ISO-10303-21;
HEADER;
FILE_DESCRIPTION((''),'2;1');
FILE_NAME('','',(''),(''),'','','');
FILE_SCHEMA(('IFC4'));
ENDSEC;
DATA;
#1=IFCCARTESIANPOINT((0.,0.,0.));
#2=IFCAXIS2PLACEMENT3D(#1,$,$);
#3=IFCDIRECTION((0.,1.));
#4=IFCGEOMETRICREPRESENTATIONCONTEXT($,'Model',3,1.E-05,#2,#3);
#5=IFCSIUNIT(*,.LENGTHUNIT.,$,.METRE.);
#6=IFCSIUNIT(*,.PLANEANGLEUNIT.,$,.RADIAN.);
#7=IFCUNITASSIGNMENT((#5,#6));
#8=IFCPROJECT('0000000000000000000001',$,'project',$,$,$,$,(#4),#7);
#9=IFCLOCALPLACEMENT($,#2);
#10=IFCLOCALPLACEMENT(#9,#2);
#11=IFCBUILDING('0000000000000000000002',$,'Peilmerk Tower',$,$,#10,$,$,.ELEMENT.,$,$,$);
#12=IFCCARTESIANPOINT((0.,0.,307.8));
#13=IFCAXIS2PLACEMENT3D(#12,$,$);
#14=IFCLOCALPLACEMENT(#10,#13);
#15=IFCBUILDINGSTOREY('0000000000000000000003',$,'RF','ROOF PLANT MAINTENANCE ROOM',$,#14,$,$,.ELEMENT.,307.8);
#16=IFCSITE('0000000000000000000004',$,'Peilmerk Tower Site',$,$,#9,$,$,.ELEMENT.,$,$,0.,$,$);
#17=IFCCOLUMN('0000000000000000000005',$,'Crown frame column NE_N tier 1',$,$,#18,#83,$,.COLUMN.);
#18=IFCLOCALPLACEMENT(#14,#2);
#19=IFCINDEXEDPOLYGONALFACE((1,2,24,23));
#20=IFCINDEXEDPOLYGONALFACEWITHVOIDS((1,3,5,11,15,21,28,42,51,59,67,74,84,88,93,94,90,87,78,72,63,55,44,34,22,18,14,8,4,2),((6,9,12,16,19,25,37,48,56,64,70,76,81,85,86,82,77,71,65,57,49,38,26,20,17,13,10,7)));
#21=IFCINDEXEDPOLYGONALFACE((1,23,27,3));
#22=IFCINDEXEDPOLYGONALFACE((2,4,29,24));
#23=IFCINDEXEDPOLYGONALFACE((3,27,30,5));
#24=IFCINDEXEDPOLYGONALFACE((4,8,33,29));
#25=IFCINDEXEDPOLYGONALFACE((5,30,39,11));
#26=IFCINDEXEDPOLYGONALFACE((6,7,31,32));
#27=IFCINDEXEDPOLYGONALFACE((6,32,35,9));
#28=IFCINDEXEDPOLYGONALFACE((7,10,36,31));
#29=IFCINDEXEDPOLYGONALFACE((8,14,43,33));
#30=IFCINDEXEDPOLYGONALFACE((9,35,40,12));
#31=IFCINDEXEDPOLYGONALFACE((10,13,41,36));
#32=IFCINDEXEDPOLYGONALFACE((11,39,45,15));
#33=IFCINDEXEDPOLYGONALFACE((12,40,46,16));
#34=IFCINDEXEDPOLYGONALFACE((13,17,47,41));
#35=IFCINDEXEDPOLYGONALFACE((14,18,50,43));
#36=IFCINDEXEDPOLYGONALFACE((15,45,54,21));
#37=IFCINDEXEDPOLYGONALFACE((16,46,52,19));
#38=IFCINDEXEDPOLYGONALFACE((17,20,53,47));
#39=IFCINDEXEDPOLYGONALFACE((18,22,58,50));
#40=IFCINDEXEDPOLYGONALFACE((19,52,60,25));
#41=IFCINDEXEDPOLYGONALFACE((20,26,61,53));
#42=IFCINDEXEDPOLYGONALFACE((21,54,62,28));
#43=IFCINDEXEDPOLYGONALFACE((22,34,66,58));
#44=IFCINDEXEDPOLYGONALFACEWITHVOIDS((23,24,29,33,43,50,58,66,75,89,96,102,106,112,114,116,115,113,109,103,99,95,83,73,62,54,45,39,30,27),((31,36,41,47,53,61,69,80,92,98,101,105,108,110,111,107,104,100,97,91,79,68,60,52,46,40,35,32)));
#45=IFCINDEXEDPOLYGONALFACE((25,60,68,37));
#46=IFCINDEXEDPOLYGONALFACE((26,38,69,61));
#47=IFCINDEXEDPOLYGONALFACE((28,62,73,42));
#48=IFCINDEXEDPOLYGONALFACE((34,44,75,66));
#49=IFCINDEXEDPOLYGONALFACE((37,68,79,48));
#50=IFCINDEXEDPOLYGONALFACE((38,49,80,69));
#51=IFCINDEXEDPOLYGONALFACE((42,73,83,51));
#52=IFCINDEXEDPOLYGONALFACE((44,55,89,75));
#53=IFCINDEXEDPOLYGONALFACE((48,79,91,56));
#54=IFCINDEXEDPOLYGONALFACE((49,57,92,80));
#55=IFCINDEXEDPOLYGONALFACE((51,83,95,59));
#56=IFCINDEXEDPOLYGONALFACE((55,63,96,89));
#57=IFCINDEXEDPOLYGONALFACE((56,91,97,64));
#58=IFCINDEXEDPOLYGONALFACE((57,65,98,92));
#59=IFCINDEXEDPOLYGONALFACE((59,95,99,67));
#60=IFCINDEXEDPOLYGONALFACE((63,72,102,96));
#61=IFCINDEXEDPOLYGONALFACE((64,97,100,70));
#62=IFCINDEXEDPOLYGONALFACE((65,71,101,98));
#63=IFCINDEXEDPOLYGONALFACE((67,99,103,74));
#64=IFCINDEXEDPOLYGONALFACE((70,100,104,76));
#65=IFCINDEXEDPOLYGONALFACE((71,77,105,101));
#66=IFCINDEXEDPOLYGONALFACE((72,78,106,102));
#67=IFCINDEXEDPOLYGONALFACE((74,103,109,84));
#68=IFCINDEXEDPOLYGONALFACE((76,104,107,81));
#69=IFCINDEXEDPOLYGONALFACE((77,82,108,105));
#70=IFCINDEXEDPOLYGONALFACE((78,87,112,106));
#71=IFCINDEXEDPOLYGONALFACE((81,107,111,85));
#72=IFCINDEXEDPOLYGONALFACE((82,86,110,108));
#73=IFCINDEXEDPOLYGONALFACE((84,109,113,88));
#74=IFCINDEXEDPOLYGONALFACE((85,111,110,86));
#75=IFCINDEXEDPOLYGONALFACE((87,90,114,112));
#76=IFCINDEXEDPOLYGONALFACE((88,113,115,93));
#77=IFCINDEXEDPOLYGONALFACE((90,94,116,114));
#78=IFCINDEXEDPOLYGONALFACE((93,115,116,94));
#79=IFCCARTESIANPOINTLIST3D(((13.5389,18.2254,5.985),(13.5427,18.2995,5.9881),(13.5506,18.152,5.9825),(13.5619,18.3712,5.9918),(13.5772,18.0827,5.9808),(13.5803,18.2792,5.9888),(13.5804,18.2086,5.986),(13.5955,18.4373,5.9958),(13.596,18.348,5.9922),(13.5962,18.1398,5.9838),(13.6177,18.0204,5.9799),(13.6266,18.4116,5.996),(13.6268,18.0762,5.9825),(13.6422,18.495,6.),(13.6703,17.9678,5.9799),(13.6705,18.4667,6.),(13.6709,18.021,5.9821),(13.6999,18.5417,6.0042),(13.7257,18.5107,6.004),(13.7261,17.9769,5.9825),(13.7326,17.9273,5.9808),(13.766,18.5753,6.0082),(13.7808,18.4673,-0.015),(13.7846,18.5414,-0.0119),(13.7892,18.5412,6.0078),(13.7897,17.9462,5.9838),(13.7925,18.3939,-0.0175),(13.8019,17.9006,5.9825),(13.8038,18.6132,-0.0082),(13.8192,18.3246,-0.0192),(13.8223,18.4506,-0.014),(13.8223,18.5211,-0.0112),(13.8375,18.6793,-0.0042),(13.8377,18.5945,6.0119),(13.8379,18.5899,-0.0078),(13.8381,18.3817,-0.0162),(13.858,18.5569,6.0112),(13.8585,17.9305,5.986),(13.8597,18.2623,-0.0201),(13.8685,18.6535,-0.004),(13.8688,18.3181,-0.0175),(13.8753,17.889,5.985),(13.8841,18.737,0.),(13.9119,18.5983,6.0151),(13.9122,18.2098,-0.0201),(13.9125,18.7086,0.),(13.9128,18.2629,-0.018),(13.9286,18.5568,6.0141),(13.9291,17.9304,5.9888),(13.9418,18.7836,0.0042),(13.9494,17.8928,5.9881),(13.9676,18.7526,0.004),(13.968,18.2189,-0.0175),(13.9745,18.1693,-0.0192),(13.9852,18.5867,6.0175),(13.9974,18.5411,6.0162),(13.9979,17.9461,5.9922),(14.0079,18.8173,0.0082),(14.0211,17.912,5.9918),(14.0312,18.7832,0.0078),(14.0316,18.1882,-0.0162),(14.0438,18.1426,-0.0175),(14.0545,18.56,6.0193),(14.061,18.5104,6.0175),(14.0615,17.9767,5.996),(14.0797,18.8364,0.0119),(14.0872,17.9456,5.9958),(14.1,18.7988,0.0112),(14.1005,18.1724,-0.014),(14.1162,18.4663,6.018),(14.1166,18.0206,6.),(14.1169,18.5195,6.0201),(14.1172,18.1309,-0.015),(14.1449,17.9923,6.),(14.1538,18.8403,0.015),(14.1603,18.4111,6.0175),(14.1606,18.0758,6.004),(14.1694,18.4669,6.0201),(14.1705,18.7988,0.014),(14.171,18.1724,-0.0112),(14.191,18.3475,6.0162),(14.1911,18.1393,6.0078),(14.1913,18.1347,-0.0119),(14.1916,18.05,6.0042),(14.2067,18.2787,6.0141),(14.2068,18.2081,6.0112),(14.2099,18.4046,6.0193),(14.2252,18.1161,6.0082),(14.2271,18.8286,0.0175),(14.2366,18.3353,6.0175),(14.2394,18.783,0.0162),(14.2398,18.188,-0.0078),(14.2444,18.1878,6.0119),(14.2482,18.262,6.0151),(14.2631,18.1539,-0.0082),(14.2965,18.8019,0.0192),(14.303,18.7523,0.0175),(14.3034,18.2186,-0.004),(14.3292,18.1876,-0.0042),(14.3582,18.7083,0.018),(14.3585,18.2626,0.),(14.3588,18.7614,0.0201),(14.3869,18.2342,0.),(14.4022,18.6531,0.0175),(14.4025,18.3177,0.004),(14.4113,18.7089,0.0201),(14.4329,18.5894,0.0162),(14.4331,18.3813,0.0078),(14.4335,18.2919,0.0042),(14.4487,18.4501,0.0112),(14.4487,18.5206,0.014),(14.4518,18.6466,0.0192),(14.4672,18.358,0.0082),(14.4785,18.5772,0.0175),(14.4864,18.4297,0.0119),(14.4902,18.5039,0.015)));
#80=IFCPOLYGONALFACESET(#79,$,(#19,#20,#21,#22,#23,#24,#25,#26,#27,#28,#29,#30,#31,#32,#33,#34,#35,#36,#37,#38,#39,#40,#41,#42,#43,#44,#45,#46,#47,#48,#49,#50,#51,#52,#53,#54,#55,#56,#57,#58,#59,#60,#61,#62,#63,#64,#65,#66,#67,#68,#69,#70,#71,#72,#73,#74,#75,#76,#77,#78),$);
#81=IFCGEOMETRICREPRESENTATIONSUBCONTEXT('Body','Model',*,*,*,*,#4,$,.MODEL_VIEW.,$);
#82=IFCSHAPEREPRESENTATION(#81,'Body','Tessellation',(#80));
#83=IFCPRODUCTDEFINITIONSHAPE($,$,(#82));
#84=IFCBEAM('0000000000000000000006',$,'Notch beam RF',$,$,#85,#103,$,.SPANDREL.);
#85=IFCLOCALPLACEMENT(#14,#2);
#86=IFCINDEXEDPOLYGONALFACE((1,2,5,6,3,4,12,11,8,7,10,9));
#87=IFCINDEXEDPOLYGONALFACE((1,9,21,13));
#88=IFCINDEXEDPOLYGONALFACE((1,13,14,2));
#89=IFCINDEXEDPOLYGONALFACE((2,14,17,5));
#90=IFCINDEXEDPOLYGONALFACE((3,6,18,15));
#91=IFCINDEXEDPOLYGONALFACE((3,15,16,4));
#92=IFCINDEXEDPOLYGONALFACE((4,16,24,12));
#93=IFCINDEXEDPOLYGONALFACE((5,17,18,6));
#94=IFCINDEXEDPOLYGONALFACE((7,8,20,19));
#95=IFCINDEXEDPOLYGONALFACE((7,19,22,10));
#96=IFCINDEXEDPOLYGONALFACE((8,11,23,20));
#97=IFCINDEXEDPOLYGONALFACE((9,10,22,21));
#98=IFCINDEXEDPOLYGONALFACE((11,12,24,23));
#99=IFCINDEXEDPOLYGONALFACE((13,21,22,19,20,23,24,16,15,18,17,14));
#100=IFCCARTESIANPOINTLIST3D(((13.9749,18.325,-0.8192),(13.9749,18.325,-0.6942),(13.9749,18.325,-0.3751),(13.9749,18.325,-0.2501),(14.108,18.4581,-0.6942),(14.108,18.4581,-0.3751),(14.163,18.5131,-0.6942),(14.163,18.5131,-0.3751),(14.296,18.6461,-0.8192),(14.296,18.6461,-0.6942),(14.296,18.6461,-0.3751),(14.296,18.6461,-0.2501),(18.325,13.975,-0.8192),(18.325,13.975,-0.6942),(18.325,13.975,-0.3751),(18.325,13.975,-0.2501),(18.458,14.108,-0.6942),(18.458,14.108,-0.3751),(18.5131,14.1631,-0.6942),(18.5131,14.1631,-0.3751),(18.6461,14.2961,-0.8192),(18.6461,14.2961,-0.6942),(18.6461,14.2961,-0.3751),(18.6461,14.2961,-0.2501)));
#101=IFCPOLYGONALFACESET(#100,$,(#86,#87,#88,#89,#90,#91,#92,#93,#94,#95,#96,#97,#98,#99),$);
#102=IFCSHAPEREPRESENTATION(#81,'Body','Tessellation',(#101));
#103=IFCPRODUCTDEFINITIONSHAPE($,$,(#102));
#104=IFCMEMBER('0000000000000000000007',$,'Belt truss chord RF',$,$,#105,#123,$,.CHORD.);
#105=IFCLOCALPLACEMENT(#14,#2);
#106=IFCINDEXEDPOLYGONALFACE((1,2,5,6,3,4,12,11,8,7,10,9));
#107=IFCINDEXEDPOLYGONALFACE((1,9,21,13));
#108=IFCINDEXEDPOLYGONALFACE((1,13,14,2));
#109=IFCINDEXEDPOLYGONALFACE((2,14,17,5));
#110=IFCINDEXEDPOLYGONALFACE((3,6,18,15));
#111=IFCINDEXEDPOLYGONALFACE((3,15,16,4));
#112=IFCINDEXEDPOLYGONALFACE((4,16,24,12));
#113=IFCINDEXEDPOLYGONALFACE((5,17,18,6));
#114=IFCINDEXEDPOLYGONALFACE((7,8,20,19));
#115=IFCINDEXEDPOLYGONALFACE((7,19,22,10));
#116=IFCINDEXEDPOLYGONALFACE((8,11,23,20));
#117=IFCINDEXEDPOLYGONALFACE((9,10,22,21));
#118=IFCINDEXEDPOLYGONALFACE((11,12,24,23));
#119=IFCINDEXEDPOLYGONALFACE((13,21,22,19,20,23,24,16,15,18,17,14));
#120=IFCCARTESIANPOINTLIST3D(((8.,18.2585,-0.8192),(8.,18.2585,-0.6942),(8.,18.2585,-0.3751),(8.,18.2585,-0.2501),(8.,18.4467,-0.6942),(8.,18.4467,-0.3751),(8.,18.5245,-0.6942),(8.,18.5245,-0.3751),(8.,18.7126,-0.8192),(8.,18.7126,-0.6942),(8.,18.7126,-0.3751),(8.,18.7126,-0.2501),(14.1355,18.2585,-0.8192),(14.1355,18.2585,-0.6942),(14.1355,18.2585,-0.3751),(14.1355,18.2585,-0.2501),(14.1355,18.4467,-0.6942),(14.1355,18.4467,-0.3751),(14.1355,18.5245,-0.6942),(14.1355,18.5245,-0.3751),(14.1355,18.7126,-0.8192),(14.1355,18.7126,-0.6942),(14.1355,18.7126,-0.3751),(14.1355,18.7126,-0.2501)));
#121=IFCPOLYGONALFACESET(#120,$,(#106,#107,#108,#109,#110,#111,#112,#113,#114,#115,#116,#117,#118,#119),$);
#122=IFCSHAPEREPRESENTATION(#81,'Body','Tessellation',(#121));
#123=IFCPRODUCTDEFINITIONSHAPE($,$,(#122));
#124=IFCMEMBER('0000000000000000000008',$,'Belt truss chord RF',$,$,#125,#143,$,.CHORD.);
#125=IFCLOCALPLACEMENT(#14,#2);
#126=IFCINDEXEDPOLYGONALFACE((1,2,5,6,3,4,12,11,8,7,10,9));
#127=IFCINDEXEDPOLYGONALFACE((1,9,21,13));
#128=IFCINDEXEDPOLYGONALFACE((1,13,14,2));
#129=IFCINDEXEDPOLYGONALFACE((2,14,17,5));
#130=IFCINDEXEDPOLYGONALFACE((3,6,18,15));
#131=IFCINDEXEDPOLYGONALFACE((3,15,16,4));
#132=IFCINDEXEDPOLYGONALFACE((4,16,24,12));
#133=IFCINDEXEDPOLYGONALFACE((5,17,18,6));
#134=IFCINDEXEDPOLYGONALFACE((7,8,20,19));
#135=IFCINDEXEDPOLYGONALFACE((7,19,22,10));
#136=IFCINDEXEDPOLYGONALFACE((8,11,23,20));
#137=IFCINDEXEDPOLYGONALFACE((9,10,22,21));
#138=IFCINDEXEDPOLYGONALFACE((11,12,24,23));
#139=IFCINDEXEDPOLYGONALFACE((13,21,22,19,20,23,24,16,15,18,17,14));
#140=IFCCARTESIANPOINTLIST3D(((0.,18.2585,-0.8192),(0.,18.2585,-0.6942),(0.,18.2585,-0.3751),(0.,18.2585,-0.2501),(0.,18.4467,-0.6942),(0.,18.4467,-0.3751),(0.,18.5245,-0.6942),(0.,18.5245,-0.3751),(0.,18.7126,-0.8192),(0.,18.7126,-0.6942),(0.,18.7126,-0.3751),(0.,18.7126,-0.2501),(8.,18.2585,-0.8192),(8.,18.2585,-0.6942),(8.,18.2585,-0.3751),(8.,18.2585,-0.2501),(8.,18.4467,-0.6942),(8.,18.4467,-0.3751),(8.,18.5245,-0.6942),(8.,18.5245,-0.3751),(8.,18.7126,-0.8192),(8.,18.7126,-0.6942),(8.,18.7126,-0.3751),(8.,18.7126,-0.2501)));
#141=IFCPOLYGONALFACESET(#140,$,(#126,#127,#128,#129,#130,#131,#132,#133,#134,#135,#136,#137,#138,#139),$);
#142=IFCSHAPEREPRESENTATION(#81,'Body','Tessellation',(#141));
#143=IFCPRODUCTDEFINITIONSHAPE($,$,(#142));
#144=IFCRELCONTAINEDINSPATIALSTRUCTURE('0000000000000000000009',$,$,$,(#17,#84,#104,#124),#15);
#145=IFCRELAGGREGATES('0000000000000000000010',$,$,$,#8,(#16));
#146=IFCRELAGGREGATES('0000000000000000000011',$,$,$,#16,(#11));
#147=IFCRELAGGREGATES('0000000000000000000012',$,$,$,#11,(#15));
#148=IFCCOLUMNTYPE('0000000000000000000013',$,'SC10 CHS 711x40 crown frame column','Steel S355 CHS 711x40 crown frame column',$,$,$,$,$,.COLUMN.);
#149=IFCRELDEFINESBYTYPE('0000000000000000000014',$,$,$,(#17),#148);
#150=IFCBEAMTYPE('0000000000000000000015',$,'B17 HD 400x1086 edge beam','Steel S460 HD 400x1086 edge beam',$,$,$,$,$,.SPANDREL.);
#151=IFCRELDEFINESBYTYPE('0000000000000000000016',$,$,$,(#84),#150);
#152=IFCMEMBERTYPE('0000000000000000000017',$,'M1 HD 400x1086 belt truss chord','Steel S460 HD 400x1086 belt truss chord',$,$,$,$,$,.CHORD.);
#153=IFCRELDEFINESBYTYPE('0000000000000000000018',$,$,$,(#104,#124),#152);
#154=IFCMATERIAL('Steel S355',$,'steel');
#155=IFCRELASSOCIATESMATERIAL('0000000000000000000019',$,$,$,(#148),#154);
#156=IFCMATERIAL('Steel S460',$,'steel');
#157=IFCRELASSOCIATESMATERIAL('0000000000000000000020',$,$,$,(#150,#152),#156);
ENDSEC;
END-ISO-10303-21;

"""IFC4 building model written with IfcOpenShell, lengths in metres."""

from ifc_helpers import new_model, si_unit, direction, frame, origin, origin_2d, place, context, subcontext, project, spatial, hollow_circle, i_section, extrude, material, material_profile, profile_set, type_object, element, save


model = new_model("IFC4")

# Units and contexts
model_context = context("Model", 3, precision=1e-05, world=origin(), true_north=direction((0.0, 1.0)))
body_context = subcontext(model_context, "Body", "Model", "MODEL_VIEW")
ifc_project = project(units=[si_unit("LENGTHUNIT", "METRE"), si_unit("PLANEANGLEUNIT", "RADIAN")], contexts=[model_context])

# Site, building, storey
site_placement = place(None, origin())
site = spatial("IfcSite", under=ifc_project, at=site_placement, Name="Peilmerk Tower Site", CompositionType="ELEMENT", RefElevation=0.0)
building_placement = place(site_placement, origin())
building = spatial("IfcBuilding", under=site, at=building_placement, Name="Peilmerk Tower", CompositionType="ELEMENT")
storey_placement = place(building_placement, frame((0.0, 0.0, 307.8)))
storey = spatial("IfcBuildingStorey", under=building, at=storey_placement, Name="RF", Description="ROOF PLANT MAINTENANCE ROOM", CompositionType="ELEMENT", Elevation=307.8)

# Column
ifc_material_1 = material(Name="Steel S355", Category="steel")
ifc_material_profile_1 = material_profile(ifc_material_1, hollow_circle(Radius=0.3555, WallThickness=0.04, at=origin_2d()), Name="CHS 711x40")
ifc_profile_set_1 = profile_set([ifc_material_profile_1], Name="Steel S355")
column_type = type_object("IfcColumnType", Name="SC10 CHS 711x40 crown frame column", Description="Steel S355 CHS 711x40 crown frame column", PredefinedType="COLUMN", material=ifc_profile_set_1)
column_placement = place(storey_placement, frame((14.1355, 18.4856, 0.0), z_axis=(-0.040258, -0.040258, 0.998378), x_axis=(0.707107, -0.707107, 0.0)))
element("IfcColumn", 1, at=column_placement, inside=storey, type_object=column_type, Name="Crown frame column NE_N tier 1", PredefinedType="COLUMN", context=body_context, shape_type="SweptSolid", body=[
    extrude(hollow_circle(Radius=0.3555, WallThickness=0.04, at=origin_2d()), origin(), (0.0, 0.0, 1.0), 6.0098),
])

# Beam
ifc_material_2 = material(Name="Steel S460", Category="steel")
ifc_material_profile_2 = material_profile(ifc_material_2, i_section(OverallWidth=0.4541, OverallDepth=0.5691, WebThickness=0.0779, FlangeThickness=0.125, at=origin_2d()), Name="HD 400x1086")
ifc_profile_set_2 = profile_set([ifc_material_profile_2], Name="Steel S460")
beam_type = type_object("IfcBeamType", Name="B17 HD 400x1086 edge beam", Description="Steel S460 HD 400x1086 edge beam", PredefinedType="SPANDREL", material=ifc_profile_set_2)
beam_placement = place(storey_placement, frame((14.1355, 18.4856, -0.5347), z_axis=(0.707107, -0.707107, 0.0), x_axis=(0.707107, 0.707107, 0.0)))
element("IfcBeam", 2, at=beam_placement, inside=storey, type_object=beam_type, Name="Notch beam RF", PredefinedType="SPANDREL", context=body_context, shape_type="SweptSolid", body=[
    extrude(i_section(OverallWidth=0.4541, OverallDepth=0.5691, WebThickness=0.0779, FlangeThickness=0.125, at=origin_2d()), origin(), (0.0, 0.0, 1.0), 6.1519),
])

# Members
ifc_material_profile_3 = material_profile(ifc_material_2, i_section(OverallWidth=0.4541, OverallDepth=0.5691, WebThickness=0.0779, FlangeThickness=0.125, at=origin_2d()), Name="HD 400x1086")
ifc_profile_set_3 = profile_set([ifc_material_profile_3], Name="Steel S460")
member_type_1 = type_object("IfcMemberType", Name="M1 HD 400x1086 belt truss chord", Description="Steel S460 HD 400x1086 belt truss chord", PredefinedType="CHORD", material=ifc_profile_set_3)
member_1_placement = place(storey_placement, frame((14.1355, 18.4856, -0.5347), z_axis=(-1.0, 0.0, 0.0), x_axis=(0.0, -1.0, 0.0)))
element("IfcMember", 3, at=member_1_placement, inside=storey, type_object=member_type_1, Name="Belt truss chord RF", PredefinedType="CHORD", context=body_context, shape_type="SweptSolid", body=[
    extrude(i_section(OverallWidth=0.4541, OverallDepth=0.5691, WebThickness=0.0779, FlangeThickness=0.125, at=origin_2d()), origin(), (0.0, 0.0, 1.0), 6.1355),
])
member_2_placement = place(storey_placement, frame((8.0, 18.4856, -0.5347), z_axis=(-1.0, 0.0, 0.0), x_axis=(0.0, -1.0, 0.0)))
element("IfcMember", 4, at=member_2_placement, inside=storey, type_object=member_type_1, Name="Belt truss chord RF", PredefinedType="CHORD", context=body_context, shape_type="SweptSolid", body=[
    extrude(i_section(OverallWidth=0.4541, OverallDepth=0.5691, WebThickness=0.0779, FlangeThickness=0.125, at=origin_2d()), origin(), (0.0, 0.0, 1.0), 8.0),
])

save(model, "model.ifc")
